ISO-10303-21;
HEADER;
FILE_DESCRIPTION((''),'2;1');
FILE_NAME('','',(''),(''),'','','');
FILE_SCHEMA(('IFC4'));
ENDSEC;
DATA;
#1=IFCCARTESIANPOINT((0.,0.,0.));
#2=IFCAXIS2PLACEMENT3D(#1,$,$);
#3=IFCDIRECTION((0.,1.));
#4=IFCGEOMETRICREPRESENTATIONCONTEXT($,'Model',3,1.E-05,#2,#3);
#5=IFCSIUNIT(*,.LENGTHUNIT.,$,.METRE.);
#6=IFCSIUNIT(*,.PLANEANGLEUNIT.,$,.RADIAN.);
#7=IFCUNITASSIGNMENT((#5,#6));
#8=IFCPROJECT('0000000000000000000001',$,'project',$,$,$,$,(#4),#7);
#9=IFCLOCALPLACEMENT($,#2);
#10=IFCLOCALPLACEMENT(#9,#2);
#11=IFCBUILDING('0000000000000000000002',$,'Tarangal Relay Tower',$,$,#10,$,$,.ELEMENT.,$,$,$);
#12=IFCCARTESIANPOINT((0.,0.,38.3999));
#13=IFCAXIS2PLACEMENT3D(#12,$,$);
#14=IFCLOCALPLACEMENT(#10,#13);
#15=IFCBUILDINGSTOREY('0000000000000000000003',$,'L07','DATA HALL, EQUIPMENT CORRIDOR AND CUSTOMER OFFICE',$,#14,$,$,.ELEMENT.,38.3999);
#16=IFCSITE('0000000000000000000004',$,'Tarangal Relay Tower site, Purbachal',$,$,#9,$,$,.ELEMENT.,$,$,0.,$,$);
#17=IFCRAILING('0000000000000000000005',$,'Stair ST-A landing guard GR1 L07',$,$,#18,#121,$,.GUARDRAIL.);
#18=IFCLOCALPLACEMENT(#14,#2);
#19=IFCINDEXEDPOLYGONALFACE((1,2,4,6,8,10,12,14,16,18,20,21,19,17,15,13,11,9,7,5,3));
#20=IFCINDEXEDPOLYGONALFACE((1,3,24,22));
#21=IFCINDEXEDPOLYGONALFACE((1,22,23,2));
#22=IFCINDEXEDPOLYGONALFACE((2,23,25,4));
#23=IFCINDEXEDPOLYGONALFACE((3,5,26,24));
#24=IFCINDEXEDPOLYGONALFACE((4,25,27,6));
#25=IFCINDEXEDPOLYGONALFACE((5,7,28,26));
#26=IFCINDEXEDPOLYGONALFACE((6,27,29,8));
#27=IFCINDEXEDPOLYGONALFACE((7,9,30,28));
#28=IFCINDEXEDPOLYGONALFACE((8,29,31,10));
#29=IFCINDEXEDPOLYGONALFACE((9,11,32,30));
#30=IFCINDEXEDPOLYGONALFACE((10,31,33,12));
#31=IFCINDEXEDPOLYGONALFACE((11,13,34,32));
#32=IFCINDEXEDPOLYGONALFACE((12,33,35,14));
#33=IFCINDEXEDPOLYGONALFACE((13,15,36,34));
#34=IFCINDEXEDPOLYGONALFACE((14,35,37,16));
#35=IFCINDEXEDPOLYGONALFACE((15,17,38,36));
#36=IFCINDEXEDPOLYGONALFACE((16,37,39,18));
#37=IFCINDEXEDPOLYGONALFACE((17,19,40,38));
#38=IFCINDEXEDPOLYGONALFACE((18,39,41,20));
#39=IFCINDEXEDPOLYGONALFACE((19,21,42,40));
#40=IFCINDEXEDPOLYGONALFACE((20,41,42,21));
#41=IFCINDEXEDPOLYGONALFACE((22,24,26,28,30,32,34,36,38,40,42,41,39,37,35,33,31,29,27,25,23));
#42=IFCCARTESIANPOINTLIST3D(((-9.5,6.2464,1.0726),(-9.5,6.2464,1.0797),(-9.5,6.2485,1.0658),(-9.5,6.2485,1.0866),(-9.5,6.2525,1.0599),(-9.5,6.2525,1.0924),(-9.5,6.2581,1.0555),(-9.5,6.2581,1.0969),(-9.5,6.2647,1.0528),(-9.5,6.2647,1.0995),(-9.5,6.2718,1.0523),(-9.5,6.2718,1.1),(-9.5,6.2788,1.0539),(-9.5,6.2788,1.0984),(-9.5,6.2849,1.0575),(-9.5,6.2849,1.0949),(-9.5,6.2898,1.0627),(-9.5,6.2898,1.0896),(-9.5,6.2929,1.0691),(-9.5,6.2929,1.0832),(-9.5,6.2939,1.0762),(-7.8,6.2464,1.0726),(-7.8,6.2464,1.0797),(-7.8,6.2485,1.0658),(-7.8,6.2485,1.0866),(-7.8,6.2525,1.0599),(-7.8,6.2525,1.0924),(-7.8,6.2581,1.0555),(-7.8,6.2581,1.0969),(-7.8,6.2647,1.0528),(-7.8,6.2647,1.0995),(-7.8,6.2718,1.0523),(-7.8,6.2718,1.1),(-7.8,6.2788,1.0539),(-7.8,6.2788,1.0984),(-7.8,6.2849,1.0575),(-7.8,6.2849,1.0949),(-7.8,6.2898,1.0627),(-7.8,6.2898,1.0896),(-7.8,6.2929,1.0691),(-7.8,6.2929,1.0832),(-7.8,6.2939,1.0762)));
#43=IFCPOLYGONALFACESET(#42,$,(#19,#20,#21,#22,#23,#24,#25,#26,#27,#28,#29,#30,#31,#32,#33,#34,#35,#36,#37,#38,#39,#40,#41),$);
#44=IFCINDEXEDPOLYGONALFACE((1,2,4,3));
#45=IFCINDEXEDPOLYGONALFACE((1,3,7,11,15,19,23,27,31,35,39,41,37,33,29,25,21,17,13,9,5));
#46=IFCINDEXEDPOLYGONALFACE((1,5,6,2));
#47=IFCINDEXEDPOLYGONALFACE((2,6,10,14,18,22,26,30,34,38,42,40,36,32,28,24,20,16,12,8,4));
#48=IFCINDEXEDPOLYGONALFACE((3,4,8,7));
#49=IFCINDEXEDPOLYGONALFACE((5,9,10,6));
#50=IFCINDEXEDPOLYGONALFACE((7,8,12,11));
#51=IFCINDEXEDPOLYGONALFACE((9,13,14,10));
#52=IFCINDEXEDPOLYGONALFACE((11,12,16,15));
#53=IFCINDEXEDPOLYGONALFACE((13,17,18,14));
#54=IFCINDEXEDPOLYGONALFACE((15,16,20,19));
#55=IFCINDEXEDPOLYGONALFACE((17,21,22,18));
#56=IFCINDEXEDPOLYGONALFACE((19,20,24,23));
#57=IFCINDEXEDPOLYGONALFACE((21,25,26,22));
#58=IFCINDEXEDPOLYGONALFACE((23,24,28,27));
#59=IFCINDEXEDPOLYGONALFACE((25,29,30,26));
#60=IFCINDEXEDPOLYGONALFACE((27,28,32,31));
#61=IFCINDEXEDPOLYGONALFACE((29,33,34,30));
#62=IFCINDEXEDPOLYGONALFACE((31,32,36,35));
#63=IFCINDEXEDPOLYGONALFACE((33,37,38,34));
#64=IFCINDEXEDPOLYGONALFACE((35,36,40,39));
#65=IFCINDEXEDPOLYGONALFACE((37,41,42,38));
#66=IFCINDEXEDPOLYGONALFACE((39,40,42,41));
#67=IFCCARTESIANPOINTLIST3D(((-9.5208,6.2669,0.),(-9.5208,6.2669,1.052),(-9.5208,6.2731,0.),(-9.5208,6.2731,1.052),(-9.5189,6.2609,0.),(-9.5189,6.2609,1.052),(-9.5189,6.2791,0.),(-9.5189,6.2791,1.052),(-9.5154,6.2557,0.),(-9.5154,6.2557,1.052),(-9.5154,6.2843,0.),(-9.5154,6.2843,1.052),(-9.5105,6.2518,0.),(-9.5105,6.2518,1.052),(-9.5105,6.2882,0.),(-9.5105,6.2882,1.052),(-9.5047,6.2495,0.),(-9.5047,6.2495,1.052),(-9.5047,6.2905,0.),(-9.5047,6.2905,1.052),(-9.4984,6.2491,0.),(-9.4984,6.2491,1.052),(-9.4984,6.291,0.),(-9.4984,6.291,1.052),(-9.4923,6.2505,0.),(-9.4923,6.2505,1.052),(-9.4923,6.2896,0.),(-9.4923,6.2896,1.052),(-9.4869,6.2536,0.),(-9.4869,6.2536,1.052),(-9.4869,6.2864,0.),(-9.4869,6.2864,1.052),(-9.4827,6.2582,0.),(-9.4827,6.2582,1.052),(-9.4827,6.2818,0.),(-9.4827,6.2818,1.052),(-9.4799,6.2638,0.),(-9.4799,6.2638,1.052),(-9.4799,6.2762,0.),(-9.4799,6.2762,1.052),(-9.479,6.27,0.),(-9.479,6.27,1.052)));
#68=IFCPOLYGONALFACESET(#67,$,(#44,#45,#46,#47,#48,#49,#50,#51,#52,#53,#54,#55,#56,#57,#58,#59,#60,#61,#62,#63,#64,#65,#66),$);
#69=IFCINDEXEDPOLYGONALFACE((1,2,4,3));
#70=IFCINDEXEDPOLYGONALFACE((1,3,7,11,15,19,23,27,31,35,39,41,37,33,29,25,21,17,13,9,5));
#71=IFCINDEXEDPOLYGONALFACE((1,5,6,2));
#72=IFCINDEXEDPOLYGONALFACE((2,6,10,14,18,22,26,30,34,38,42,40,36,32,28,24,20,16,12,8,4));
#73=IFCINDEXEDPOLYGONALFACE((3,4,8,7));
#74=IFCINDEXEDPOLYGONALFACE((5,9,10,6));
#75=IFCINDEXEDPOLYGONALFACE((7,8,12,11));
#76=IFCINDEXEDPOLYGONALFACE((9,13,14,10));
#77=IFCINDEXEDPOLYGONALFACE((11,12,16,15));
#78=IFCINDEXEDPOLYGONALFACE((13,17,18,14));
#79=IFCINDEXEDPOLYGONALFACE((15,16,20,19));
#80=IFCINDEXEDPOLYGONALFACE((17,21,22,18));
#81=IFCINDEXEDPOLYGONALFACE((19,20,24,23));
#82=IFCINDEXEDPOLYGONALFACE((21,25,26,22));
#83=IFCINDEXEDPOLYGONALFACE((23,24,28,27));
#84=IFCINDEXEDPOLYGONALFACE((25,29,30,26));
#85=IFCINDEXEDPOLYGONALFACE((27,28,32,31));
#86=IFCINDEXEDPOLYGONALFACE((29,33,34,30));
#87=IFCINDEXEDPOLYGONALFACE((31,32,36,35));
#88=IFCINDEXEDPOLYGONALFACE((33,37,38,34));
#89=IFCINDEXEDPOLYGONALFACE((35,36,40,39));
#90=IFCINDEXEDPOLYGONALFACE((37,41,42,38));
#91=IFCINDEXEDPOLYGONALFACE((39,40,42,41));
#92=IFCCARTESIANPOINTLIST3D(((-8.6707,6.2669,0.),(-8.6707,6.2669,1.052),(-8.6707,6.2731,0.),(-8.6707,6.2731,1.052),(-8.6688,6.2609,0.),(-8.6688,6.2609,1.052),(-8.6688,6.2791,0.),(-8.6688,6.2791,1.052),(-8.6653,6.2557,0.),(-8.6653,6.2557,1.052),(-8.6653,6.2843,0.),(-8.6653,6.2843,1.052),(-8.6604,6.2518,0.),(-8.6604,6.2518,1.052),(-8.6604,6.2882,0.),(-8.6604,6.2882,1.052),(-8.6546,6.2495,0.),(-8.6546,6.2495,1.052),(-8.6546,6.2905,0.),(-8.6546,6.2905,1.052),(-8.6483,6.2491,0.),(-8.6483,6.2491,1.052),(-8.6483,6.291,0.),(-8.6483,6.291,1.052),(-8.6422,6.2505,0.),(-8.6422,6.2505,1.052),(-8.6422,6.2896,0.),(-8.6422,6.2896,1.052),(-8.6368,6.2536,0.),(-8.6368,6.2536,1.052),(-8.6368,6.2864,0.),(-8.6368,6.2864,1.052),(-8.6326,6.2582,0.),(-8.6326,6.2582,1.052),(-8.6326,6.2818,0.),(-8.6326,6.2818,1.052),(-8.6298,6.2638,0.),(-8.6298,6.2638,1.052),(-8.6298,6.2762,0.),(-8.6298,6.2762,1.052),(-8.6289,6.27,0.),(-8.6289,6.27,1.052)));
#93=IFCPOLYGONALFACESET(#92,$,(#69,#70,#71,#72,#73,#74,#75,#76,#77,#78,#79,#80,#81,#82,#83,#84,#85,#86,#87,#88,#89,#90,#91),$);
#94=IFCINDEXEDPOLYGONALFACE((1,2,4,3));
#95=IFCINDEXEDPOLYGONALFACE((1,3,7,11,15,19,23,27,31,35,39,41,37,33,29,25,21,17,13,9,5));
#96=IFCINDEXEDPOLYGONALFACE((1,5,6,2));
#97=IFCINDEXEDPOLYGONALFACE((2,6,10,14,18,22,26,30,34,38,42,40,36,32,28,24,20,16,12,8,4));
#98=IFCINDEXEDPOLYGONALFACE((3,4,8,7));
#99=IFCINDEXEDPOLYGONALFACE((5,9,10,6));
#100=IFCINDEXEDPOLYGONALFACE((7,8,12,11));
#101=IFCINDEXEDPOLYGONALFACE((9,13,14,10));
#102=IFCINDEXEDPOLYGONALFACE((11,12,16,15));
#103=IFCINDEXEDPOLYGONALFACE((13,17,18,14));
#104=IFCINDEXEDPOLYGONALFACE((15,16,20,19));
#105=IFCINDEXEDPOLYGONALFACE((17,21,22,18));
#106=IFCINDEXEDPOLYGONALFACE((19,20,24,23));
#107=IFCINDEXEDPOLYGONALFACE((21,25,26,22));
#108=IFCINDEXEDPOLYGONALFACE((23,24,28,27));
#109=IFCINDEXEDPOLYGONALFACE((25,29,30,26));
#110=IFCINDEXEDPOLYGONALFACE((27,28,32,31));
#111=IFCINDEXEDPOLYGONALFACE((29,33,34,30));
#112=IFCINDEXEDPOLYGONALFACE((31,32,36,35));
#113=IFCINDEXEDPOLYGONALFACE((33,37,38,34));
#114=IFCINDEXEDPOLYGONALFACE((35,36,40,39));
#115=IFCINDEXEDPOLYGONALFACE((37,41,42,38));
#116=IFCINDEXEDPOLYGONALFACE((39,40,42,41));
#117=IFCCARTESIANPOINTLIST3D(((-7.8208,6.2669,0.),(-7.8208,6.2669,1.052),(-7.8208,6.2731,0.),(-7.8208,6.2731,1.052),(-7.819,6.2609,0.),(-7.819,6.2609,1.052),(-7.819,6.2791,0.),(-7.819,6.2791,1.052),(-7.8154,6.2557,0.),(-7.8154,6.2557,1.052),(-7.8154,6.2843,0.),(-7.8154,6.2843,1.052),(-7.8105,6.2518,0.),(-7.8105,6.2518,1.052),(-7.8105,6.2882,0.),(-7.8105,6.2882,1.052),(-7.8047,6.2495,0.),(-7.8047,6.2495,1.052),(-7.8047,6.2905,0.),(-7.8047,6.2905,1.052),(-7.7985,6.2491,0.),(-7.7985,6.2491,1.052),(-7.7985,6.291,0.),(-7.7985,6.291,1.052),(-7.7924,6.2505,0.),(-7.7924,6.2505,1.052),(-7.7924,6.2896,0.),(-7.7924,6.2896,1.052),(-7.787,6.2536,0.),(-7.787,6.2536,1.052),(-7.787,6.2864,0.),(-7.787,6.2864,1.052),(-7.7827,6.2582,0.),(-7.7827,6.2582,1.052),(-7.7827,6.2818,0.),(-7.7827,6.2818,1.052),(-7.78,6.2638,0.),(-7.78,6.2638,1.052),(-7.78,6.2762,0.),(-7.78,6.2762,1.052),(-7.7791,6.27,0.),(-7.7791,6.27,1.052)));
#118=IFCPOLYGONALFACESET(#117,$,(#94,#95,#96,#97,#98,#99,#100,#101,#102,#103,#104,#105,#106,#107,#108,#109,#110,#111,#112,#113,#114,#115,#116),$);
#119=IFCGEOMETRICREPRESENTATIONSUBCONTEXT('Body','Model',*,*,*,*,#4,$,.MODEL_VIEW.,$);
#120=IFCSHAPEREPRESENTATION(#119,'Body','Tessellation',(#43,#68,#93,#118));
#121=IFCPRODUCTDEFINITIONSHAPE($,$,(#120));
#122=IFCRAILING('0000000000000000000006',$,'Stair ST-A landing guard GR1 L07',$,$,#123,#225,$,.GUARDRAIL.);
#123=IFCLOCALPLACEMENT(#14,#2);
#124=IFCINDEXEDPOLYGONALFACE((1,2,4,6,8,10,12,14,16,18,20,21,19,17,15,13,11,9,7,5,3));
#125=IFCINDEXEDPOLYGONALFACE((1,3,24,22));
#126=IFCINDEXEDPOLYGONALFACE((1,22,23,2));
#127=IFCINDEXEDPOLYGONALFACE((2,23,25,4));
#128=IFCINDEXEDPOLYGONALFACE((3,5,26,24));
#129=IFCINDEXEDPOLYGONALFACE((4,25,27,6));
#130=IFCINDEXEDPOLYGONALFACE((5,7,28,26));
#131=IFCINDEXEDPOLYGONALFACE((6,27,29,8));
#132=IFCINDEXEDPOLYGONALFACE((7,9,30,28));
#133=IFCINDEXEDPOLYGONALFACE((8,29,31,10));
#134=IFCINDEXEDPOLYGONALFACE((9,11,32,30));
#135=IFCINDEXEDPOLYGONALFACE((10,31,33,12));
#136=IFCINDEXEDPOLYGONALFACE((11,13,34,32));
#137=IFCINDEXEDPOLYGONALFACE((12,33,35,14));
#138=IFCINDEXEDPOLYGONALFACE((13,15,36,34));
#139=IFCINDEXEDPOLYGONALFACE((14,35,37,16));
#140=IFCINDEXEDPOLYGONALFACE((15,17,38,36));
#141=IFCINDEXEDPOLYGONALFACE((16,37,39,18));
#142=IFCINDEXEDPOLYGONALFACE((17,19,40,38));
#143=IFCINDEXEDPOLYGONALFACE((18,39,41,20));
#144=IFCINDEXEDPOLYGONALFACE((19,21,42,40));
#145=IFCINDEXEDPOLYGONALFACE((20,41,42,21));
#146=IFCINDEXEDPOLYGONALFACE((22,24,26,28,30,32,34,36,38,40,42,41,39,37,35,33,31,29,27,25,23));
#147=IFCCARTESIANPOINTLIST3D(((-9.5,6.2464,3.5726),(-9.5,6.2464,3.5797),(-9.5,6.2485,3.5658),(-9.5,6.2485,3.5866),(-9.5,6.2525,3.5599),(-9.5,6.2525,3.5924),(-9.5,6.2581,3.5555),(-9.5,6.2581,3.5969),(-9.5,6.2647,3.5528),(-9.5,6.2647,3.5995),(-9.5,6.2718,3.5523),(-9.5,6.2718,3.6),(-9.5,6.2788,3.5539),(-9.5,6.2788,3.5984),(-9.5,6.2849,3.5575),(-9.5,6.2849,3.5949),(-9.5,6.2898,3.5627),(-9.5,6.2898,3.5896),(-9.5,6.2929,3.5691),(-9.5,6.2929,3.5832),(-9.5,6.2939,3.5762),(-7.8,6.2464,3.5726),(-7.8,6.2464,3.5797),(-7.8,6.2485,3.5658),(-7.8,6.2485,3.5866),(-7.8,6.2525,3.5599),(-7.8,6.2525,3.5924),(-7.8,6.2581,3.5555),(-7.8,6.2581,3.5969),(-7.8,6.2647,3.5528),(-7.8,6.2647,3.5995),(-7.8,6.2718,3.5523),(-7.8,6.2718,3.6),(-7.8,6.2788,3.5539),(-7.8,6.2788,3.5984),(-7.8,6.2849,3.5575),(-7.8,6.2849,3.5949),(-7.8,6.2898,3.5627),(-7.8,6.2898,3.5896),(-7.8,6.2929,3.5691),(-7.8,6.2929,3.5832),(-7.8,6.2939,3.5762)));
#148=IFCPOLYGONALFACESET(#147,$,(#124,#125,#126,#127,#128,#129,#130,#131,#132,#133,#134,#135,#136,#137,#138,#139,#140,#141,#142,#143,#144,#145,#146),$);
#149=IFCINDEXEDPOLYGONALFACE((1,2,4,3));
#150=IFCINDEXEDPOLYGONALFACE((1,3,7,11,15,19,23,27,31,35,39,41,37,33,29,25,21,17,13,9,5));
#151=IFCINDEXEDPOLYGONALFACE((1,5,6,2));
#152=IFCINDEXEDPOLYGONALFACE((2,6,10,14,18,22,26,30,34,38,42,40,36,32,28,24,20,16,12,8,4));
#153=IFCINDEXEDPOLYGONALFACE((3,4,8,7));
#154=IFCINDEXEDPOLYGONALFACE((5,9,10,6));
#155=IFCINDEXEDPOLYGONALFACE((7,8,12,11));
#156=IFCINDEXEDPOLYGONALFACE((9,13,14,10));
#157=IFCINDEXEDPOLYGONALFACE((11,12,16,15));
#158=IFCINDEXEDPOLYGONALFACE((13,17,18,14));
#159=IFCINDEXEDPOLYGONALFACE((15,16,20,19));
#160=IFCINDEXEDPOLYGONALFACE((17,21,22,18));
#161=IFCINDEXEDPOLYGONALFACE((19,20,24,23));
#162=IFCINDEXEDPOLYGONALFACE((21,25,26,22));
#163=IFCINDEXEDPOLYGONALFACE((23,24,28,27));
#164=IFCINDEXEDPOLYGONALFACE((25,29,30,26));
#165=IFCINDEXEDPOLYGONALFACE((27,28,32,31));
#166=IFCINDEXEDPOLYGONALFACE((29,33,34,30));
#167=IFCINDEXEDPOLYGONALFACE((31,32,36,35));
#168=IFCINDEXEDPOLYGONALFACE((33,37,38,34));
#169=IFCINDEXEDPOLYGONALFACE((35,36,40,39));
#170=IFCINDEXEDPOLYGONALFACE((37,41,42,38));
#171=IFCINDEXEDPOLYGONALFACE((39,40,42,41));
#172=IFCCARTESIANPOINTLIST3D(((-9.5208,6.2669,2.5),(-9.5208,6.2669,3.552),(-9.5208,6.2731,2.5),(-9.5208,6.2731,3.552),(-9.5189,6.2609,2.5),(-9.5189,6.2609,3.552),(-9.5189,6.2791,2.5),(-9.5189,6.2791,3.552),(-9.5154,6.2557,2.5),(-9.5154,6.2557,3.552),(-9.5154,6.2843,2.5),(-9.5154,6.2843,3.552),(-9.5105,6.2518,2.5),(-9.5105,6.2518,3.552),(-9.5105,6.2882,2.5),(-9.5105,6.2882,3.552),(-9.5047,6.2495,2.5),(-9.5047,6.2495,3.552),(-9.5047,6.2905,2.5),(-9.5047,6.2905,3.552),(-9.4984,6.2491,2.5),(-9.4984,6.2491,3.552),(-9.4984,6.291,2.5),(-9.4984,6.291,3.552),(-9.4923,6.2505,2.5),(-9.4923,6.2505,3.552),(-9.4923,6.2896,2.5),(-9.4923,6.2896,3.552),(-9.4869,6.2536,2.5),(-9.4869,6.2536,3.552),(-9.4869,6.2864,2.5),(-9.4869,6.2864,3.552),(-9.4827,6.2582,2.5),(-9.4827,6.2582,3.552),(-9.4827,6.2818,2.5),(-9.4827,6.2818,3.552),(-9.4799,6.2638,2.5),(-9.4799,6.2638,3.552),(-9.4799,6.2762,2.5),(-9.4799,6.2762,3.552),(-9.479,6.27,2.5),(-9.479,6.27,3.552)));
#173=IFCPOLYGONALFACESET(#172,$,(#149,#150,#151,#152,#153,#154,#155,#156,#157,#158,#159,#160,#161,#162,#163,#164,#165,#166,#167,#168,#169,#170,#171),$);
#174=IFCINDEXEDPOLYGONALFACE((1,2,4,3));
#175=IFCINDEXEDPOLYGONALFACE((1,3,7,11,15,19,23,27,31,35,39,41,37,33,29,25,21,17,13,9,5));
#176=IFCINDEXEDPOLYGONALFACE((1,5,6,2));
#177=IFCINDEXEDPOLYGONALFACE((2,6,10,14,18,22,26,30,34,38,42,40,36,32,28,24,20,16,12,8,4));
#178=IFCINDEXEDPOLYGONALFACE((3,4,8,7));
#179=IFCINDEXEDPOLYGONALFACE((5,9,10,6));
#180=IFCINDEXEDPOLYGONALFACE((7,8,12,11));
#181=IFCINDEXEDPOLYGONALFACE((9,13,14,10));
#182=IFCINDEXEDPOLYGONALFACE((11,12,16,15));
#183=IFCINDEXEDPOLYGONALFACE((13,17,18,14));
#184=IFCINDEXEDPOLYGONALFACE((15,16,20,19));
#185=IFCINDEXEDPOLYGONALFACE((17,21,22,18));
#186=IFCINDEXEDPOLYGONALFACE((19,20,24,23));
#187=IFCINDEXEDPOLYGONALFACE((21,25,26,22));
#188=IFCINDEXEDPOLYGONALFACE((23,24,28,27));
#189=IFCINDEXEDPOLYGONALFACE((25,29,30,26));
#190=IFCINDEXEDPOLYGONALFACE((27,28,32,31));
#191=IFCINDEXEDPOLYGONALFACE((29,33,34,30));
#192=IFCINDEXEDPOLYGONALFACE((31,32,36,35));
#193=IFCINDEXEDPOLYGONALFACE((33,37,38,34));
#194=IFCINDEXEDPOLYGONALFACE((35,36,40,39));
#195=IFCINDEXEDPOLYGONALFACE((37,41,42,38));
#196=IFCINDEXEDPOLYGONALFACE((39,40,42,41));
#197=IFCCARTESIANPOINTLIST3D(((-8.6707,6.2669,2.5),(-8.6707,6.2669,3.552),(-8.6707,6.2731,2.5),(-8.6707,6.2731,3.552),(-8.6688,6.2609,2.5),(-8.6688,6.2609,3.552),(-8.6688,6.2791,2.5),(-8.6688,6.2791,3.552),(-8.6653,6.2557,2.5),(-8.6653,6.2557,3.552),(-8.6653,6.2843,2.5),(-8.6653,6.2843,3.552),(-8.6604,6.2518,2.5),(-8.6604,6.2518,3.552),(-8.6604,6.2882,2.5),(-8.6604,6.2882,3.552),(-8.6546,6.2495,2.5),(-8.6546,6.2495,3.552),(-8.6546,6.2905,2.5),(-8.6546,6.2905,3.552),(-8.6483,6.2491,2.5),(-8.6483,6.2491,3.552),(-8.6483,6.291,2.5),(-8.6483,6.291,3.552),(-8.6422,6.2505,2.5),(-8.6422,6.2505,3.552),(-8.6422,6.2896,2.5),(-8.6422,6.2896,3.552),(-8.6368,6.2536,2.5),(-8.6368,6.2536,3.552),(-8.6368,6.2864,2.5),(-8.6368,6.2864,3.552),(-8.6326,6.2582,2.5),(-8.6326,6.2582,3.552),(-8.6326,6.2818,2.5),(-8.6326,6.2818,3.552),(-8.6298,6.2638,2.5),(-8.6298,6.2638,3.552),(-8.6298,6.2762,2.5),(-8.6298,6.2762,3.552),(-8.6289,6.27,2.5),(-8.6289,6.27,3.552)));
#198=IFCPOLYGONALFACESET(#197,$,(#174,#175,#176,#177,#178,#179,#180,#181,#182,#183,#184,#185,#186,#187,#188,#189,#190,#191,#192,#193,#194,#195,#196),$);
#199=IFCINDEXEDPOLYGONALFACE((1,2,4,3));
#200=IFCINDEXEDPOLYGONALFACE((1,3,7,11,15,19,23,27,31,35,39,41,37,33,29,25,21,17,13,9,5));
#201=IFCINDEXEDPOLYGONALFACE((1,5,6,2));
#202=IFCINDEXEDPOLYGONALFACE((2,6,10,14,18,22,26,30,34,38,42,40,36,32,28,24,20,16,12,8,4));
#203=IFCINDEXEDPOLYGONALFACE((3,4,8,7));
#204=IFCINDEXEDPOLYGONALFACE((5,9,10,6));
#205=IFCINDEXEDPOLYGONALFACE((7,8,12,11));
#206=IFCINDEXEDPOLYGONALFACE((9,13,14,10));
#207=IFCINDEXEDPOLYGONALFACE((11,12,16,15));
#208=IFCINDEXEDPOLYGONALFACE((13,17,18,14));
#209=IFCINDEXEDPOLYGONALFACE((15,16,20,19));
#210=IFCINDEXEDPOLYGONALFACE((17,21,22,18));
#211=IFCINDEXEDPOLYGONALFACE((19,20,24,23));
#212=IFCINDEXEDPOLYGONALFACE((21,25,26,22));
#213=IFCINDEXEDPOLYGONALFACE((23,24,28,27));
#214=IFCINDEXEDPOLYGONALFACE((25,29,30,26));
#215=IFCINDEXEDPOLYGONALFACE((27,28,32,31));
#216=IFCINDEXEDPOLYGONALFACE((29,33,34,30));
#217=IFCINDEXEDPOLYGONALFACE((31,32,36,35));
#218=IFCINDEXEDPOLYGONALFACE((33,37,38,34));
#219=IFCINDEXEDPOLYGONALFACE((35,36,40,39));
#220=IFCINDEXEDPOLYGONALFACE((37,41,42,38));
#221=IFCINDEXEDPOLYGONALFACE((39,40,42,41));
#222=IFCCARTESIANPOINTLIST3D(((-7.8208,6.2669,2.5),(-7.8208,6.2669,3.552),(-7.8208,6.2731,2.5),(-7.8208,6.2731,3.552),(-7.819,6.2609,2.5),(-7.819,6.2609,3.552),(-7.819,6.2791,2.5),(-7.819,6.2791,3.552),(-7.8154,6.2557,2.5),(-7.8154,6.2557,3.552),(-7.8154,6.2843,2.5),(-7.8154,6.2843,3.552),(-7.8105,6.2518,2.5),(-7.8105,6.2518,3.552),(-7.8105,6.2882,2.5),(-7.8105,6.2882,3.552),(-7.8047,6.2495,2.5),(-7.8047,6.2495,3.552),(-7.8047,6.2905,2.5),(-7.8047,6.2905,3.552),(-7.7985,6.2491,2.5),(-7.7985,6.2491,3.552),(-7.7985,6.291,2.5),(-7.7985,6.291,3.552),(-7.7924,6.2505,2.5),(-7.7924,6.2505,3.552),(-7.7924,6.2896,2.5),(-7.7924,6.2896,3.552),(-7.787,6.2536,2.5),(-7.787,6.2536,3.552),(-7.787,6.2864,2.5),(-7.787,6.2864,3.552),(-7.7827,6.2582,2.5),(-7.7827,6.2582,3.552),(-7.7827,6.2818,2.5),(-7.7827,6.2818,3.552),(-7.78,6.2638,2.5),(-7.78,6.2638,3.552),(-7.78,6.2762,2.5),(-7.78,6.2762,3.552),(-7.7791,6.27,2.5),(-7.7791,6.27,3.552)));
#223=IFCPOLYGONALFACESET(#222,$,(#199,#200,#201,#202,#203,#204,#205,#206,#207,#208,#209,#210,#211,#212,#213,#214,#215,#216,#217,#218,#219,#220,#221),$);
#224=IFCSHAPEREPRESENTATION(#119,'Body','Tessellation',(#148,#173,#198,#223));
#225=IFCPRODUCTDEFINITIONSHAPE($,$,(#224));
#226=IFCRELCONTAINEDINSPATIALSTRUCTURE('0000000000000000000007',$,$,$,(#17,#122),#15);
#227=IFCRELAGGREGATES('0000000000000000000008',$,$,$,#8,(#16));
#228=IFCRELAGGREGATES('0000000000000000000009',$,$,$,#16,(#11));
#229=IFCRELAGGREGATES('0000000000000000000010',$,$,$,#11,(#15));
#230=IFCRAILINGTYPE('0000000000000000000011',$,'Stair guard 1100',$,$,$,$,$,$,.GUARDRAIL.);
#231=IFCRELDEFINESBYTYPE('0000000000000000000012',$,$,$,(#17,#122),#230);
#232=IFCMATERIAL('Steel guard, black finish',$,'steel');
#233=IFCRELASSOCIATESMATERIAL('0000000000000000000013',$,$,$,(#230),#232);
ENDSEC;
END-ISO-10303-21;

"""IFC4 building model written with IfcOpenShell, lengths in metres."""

from ifc_helpers import new_model, si_unit, direction, frame, origin, origin_2d, place, context, subcontext, project, spatial, circle, extrude, material, type_object, element, save


model = new_model("IFC4")

# Units and contexts
model_context = context("Model", 3, precision=1e-05, world=origin(), true_north=direction((0.0, 1.0)))
body_context = subcontext(model_context, "Body", "Model", "MODEL_VIEW")
ifc_project = project(units=[si_unit("LENGTHUNIT", "METRE"), si_unit("PLANEANGLEUNIT", "RADIAN")], contexts=[model_context])

# Site, building, storey
site_placement = place(None, origin())
site = spatial("IfcSite", under=ifc_project, at=site_placement, Name="Tarangal Relay Tower site, Purbachal", CompositionType="ELEMENT", RefElevation=0.0)
building_placement = place(site_placement, origin())
building = spatial("IfcBuilding", under=site, at=building_placement, Name="Tarangal Relay Tower", CompositionType="ELEMENT")
storey_placement = place(building_placement, frame((0.0, 0.0, 38.3999)))
storey = spatial("IfcBuildingStorey", under=building, at=storey_placement, Name="L07", Description="DATA HALL, EQUIPMENT CORRIDOR AND CUSTOMER OFFICE", CompositionType="ELEMENT", Elevation=38.3999)

# Railings
ifc_material_1 = material(Name="Steel guard, black finish", Category="steel")
railing_type_1 = type_object("IfcRailingType", Name="Stair guard 1100", PredefinedType="GUARDRAIL", material=ifc_material_1)
for number, where, name in (
    (1, (-9.5, 6.27, 0.0), "Stair ST-A landing guard GR1 L07"),
    (2, (-9.5, 6.27, 2.5), "Stair ST-A landing guard GR1 L07"),
):
    element("IfcRailing", number, at=place(storey_placement, frame(where)), inside=storey, type_object=railing_type_1, Name=name, PredefinedType="GUARDRAIL", context=body_context, shape_type="SweptSolid", body=[
        extrude(circle(Radius=0.0239, at=origin_2d()), frame((0.0, 0.0, 1.0762), z_axis=(1.0, 0.0, 0.0), x_axis=(0.0, 1.0, 0.0)), (0.0, 0.0, 1.0), 1.7),
        extrude(circle(Radius=0.021, at=origin_2d()), origin(), (0.0, 0.0, 1.0), 1.052),
        extrude(circle(Radius=0.021, at=origin_2d()), frame((0.8501, 0.0, 0.0)), (0.0, 0.0, 1.0), 1.052),
        extrude(circle(Radius=0.021, at=origin_2d()), frame((1.7, 0.0, 0.0)), (0.0, 0.0, 1.0), 1.052),
    ])

save(model, "model.ifc")
